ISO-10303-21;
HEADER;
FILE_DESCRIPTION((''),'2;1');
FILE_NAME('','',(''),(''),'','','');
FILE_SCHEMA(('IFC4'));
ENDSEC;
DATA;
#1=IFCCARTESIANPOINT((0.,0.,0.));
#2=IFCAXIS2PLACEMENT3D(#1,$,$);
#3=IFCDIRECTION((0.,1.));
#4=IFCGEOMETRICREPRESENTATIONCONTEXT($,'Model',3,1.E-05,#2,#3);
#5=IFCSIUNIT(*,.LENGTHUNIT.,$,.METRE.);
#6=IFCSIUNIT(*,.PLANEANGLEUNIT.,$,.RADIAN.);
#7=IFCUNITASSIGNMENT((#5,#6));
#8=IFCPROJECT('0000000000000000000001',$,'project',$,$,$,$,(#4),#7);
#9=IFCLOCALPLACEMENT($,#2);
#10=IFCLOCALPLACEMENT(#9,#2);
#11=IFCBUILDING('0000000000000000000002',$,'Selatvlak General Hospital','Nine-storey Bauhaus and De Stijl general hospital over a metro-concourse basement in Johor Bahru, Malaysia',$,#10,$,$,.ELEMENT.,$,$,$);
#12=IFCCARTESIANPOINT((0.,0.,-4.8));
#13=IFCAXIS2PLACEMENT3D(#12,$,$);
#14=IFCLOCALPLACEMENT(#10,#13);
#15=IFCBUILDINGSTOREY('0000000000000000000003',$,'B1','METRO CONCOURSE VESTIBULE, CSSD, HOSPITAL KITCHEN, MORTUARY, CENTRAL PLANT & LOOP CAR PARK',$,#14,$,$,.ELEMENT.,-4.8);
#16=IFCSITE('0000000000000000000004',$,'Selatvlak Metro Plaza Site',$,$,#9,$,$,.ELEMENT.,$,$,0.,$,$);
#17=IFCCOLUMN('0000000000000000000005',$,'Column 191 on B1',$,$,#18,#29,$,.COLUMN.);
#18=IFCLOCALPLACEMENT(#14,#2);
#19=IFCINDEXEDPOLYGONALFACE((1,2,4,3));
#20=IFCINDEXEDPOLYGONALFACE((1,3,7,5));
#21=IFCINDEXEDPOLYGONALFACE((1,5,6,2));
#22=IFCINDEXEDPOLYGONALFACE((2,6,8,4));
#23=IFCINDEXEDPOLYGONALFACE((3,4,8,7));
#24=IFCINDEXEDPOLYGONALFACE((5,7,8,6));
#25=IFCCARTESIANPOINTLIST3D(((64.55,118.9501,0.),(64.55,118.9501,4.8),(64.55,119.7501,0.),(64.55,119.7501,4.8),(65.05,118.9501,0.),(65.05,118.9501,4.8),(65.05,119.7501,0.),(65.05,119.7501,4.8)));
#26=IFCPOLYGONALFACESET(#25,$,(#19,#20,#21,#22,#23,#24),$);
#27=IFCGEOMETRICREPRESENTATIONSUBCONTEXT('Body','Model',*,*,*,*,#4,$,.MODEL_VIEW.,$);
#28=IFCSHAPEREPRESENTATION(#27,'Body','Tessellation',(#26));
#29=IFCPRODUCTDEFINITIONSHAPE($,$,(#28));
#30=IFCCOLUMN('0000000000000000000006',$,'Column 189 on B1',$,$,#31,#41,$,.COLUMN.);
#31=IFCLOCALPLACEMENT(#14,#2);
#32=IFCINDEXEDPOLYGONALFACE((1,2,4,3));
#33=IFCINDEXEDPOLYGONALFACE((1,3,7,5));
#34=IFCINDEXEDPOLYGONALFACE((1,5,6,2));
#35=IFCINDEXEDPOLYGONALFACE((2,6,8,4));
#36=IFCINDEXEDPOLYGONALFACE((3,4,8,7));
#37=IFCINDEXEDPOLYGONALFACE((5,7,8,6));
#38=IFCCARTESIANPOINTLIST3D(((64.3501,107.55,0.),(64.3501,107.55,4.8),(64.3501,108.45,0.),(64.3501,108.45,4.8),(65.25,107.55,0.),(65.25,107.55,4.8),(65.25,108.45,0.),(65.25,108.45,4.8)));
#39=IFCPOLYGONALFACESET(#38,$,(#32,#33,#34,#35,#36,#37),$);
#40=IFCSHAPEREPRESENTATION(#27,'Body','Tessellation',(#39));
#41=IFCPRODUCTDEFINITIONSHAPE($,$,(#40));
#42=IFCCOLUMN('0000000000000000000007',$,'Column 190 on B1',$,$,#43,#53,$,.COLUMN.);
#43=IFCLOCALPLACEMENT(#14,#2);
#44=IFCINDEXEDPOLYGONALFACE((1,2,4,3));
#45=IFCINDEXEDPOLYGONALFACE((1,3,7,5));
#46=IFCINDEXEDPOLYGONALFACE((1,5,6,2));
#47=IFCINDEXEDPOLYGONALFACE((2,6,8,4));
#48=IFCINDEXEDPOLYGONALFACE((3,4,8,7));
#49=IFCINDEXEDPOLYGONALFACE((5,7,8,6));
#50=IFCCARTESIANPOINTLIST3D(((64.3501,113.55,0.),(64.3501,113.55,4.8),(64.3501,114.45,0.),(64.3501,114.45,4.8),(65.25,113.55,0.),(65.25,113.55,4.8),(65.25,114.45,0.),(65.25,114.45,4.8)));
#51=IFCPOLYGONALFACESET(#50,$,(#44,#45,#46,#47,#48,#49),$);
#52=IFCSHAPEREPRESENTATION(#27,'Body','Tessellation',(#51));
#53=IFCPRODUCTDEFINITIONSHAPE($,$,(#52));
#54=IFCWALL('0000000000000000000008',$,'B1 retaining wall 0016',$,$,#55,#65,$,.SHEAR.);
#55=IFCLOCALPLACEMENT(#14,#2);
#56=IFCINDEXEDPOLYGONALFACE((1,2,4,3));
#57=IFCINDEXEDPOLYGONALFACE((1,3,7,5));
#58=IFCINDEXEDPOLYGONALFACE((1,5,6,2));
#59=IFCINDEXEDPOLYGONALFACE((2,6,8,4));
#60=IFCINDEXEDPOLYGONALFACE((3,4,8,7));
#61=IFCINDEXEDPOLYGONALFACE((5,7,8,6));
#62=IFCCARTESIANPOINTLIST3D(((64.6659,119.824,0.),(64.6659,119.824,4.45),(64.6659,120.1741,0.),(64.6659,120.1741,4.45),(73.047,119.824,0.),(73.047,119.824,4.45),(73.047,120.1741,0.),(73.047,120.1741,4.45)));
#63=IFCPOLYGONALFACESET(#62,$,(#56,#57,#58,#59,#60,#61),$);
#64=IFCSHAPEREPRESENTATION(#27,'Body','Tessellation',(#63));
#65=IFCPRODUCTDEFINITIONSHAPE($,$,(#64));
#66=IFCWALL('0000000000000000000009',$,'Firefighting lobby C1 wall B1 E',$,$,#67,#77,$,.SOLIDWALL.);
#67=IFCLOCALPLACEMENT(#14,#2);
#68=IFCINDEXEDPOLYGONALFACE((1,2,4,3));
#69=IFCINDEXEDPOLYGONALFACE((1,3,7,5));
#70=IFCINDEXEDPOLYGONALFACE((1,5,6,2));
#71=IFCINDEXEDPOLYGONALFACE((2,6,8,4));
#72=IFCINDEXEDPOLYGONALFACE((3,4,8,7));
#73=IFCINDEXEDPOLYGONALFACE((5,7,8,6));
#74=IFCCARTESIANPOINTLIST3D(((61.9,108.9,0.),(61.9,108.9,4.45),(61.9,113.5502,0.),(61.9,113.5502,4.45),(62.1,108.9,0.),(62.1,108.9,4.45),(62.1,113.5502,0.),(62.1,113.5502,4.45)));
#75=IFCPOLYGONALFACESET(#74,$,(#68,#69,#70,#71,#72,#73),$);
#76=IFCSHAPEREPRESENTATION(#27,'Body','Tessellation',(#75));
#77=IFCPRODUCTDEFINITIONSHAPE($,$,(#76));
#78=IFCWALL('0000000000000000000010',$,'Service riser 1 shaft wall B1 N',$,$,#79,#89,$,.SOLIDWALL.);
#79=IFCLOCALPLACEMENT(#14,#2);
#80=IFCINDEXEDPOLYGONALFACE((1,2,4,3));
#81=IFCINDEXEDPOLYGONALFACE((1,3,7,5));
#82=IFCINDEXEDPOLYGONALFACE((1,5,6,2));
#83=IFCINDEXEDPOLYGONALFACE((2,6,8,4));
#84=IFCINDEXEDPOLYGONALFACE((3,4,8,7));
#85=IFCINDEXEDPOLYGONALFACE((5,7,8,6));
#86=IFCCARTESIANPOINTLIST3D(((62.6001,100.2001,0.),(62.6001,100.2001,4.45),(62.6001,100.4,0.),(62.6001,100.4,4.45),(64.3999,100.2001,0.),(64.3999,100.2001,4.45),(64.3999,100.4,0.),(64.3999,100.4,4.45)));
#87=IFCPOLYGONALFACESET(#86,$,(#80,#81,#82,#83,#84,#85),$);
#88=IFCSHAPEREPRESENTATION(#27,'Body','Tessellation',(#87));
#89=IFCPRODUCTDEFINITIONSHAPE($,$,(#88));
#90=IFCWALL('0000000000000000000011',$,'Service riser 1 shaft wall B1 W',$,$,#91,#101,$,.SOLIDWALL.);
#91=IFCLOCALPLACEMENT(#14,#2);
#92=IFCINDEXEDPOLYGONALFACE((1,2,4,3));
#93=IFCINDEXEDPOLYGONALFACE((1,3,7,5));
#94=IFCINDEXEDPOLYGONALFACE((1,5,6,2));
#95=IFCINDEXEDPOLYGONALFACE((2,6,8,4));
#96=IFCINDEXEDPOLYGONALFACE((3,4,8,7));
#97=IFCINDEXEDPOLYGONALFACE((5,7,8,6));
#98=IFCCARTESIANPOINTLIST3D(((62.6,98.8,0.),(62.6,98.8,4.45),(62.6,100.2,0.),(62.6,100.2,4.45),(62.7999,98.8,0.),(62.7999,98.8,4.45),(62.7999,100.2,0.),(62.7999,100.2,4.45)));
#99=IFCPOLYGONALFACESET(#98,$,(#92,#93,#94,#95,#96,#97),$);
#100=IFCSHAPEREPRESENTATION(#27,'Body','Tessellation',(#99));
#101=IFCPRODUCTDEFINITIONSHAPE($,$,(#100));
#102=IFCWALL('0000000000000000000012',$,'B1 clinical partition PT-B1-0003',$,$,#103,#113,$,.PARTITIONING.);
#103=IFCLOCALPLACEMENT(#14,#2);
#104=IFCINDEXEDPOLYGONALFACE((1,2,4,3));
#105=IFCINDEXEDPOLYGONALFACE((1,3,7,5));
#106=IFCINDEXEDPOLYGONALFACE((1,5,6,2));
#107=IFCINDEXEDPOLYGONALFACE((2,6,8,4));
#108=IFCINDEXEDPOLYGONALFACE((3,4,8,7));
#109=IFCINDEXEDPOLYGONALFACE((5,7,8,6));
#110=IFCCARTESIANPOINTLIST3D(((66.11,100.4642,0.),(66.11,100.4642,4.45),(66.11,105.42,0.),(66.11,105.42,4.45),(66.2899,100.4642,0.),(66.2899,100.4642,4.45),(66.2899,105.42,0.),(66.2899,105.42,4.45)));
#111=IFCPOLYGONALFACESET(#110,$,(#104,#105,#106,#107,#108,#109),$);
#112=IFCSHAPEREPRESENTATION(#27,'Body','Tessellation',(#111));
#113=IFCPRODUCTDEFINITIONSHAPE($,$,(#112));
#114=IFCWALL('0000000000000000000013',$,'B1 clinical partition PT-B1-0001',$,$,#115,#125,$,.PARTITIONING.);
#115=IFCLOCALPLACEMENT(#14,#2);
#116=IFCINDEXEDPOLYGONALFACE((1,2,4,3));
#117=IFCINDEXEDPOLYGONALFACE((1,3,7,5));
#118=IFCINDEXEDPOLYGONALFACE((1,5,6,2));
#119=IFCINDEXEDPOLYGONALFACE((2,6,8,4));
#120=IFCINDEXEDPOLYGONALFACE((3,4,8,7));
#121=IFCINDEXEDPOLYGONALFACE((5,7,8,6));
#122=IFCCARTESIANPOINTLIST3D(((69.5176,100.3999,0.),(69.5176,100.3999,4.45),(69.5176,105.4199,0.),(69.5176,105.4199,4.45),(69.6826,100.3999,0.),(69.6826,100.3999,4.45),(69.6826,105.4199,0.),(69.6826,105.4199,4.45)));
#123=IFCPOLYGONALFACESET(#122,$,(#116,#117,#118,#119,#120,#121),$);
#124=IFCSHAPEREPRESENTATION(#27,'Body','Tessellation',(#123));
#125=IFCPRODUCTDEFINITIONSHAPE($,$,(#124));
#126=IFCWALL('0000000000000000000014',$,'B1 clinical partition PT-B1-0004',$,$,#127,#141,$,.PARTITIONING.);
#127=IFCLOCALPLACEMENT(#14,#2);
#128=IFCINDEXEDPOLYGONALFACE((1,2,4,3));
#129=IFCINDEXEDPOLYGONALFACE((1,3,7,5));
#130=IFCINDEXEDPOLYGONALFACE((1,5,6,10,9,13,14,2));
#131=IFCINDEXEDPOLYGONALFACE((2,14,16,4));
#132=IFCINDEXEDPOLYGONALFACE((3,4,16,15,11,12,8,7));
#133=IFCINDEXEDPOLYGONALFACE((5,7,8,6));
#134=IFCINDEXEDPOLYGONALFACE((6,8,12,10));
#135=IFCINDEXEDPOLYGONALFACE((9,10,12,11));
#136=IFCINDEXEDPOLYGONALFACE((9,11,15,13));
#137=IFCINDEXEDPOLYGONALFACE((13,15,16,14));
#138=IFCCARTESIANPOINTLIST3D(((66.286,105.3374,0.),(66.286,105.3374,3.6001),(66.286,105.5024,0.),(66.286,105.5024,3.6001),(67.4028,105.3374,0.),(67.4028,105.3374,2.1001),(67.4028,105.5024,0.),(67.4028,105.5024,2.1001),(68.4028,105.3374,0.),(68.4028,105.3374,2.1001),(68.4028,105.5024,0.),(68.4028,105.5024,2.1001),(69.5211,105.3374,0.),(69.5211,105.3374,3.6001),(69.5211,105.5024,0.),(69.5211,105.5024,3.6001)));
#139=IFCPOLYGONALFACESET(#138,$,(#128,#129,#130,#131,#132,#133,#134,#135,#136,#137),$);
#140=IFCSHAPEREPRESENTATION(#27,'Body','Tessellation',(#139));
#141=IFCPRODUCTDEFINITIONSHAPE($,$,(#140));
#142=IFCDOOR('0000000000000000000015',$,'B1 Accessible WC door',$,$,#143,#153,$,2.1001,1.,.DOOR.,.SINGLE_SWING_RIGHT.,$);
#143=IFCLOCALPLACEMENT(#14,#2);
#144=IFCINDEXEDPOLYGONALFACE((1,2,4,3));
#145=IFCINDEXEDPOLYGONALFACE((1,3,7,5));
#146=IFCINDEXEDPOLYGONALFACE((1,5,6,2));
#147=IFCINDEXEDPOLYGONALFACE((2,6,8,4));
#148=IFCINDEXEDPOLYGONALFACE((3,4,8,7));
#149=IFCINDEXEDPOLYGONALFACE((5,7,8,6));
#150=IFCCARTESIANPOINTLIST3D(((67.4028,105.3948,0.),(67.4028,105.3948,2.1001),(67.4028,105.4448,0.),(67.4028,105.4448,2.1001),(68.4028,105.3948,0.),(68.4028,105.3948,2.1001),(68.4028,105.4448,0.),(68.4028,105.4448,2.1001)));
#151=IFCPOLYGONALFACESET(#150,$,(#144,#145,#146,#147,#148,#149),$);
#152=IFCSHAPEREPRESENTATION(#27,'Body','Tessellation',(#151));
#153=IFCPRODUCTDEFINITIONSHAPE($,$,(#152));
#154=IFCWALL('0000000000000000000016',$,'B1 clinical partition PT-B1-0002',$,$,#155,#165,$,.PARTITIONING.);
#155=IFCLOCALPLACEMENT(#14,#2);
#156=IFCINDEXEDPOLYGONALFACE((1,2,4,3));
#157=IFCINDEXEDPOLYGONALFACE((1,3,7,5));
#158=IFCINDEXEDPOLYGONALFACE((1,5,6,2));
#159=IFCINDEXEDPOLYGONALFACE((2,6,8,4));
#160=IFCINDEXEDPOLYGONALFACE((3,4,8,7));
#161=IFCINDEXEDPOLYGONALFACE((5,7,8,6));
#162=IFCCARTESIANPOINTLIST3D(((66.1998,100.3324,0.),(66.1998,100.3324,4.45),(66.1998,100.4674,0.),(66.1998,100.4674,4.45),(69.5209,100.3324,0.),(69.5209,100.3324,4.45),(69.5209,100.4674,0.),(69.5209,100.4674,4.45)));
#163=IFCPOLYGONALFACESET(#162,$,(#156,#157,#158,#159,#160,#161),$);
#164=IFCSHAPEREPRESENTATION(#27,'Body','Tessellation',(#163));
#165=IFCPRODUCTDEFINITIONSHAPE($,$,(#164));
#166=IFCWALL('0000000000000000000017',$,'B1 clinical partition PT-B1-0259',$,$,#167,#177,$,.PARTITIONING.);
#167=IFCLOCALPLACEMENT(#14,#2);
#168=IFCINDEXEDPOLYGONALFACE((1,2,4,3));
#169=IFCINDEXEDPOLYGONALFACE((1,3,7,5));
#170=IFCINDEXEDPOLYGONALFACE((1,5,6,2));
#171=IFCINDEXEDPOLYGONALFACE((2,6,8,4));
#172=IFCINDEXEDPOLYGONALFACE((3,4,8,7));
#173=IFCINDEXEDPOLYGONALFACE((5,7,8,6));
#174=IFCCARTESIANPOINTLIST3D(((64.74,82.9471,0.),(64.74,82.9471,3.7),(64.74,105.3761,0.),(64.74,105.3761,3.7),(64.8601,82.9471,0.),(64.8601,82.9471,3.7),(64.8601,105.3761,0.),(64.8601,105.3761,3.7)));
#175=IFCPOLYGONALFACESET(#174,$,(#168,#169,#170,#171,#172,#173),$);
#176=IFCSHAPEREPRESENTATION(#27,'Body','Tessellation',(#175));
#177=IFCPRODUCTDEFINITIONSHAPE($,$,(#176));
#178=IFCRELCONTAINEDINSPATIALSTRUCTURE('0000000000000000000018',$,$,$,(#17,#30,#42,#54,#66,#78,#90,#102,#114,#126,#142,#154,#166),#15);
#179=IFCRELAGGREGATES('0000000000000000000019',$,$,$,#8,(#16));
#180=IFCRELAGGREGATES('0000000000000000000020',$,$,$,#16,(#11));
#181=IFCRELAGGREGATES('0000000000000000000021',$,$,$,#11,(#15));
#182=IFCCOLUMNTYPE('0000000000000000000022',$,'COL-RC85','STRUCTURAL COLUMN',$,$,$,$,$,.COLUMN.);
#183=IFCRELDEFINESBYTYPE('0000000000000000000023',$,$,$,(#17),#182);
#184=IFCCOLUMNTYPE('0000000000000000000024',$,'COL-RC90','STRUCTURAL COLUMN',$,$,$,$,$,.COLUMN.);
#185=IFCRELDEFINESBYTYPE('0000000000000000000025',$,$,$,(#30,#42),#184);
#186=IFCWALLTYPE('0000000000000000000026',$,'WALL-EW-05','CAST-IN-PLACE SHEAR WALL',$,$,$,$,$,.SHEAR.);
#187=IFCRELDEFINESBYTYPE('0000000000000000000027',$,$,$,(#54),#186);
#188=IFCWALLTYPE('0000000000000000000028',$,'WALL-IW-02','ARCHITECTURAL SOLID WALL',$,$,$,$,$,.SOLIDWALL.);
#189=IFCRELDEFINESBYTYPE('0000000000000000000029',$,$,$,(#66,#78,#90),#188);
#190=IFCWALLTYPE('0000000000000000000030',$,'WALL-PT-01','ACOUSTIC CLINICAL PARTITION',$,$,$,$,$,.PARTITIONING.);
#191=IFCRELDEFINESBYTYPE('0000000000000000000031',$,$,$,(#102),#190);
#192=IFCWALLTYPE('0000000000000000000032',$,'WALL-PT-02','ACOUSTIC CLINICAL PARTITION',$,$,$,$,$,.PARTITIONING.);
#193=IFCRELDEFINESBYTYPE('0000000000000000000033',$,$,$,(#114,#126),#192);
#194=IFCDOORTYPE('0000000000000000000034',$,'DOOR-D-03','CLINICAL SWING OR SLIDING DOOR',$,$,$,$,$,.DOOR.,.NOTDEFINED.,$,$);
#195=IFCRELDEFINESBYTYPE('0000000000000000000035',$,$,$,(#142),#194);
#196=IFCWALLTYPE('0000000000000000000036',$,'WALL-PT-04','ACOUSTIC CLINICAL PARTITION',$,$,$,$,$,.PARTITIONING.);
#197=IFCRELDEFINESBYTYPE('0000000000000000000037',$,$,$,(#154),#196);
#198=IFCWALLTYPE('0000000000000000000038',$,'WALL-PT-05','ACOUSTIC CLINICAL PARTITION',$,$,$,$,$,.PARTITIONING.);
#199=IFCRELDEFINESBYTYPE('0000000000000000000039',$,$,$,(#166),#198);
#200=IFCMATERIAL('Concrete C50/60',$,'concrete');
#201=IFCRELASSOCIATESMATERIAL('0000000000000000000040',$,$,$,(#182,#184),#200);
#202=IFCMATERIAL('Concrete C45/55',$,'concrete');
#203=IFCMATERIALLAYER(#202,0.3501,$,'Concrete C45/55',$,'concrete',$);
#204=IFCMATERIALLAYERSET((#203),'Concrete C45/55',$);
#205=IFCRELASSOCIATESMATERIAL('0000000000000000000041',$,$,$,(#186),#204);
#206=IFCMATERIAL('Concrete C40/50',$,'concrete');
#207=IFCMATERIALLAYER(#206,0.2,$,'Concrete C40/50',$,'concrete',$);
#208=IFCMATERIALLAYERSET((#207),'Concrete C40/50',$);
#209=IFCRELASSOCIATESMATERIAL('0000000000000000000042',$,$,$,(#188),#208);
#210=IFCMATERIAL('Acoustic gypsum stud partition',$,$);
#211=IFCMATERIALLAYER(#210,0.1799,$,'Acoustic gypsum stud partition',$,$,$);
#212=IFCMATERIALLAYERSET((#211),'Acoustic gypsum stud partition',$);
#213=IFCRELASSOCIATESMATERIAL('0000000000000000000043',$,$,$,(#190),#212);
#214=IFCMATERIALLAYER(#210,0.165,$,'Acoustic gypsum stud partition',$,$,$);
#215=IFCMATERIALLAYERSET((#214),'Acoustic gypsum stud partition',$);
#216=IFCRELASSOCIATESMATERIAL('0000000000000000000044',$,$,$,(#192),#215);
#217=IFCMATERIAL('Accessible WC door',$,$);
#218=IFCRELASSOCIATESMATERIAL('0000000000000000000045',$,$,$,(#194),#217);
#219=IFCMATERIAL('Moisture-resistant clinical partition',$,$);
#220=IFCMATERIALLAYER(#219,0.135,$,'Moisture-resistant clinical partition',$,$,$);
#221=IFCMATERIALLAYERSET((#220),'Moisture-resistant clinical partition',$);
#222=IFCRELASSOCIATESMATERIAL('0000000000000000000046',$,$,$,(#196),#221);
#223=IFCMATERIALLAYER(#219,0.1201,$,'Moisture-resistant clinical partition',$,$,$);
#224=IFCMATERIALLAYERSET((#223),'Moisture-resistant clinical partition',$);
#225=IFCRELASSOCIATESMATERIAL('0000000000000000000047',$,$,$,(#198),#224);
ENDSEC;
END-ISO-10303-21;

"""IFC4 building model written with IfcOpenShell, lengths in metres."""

from ifc_helpers import new_model, si_unit, direction, frame, frame_2d, origin, origin_2d, place, context, subcontext, project, spatial, rectangle, extrude, material, layer, layer_set, material_profile, profile_set, type_object, element, fill, save


model = new_model("IFC4")

# Units and contexts
model_context = context("Model", 3, precision=1e-05, world=origin(), true_north=direction((0.0, 1.0)))
body_context = subcontext(model_context, "Body", "Model", "MODEL_VIEW")
ifc_project = project(units=[si_unit("LENGTHUNIT", "METRE"), si_unit("PLANEANGLEUNIT", "RADIAN")], contexts=[model_context])

# Site, building, storey
site_placement = place(None, origin())
site = spatial("IfcSite", under=ifc_project, at=site_placement, Name="Selatvlak Metro Plaza Site", CompositionType="ELEMENT", RefElevation=0.0)
building_placement = place(site_placement, origin())
building = spatial("IfcBuilding", under=site, at=building_placement, Name="Selatvlak General Hospital", Description="Nine-storey Bauhaus and De Stijl general hospital over a metro-concourse basement in Johor Bahru, Malaysia", CompositionType="ELEMENT")
storey_placement = place(building_placement, frame((0.0, 0.0, -4.8)))
storey = spatial("IfcBuildingStorey", under=building, at=storey_placement, Name="B1", Description="METRO CONCOURSE VESTIBULE, CSSD, HOSPITAL KITCHEN, MORTUARY, CENTRAL PLANT & LOOP CAR PARK", CompositionType="ELEMENT", Elevation=-4.8)

# Shared definitions
ifc_material_1 = material(Name="Concrete C40/50", Category="concrete")

# Columns
ifc_material_2 = material(Name="Concrete C50/60", Category="concrete")
ifc_material_profile_1 = material_profile(ifc_material_2, rectangle(XDim=0.5, YDim=0.8, at=origin_2d()), Name="RC-COL 800x500")
ifc_profile_set_1 = profile_set([ifc_material_profile_1], Name="Concrete C50/60")
column_type_1 = type_object("IfcColumnType", Name="COL-RC85", Description="STRUCTURAL COLUMN", PredefinedType="COLUMN", material=ifc_profile_set_1)
column_placement = place(storey_placement, frame((64.8, 119.3501, 0.0), z_axis=(0.0, 0.0, 1.0), x_axis=(1.0, 0.0, 0.0)))
element("IfcColumn", 1, at=column_placement, inside=storey, type_object=column_type_1, Name="Column 191 on B1", PredefinedType="COLUMN", context=body_context, shape_type="SweptSolid", body=[
    extrude(rectangle(XDim=0.5, YDim=0.8, at=origin_2d()), origin(), (0.0, 0.0, 1.0), 4.8),
])
ifc_material_profile_2 = material_profile(ifc_material_2, rectangle(XDim=0.8999, YDim=0.8999, at=origin_2d()), Name="RC-COL 900x900")
ifc_profile_set_2 = profile_set([ifc_material_profile_2], Name="Concrete C50/60")
column_type_2 = type_object("IfcColumnType", Name="COL-RC90", Description="STRUCTURAL COLUMN", PredefinedType="COLUMN", material=ifc_profile_set_2)
for number, where, z_axis, x_axis, name in (
    (2, (64.8, 108.0, 0.0), (0.0, 0.0, 1.0), (1.0, 0.0, 0.0), "Column 189 on B1"),
    (3, (64.8, 114.0, 0.0), (0.0, 0.0, 1.0), (1.0, 0.0, 0.0), "Column 190 on B1"),
):
    element("IfcColumn", number, at=place(storey_placement, frame(where, z_axis=z_axis, x_axis=x_axis)), inside=storey, type_object=column_type_2, Name=name, PredefinedType="COLUMN", context=body_context, shape_type="SweptSolid", body=[
        extrude(rectangle(XDim=0.8999, YDim=0.8999, at=origin_2d()), origin(), (0.0, 0.0, 1.0), 4.8),
    ])

# Walls
ifc_material_3 = material(Name="Concrete C45/55", Category="concrete")
ifc_layer_1 = layer(ifc_material_3, 0.3501, Name="Concrete C45/55", Category="concrete")
ifc_layer_set_1 = layer_set([ifc_layer_1], Name="Concrete C45/55")
wall_type_1 = type_object("IfcWallType", Name="WALL-EW-05", Description="CAST-IN-PLACE SHEAR WALL", PredefinedType="SHEAR", material=ifc_layer_set_1)
wall_1_placement = place(storey_placement, frame((64.666, 119.999, 0.0), z_axis=(0.0, 0.0, 1.0), x_axis=(1.0, 0.0, 0.0)))
element("IfcWall", 4, at=wall_1_placement, inside=storey, type_object=wall_type_1, Name="B1 retaining wall 0016", PredefinedType="SHEAR", context=body_context, shape_type="SweptSolid", body=[
    extrude(rectangle(XDim=8.3811, YDim=0.3501, at=frame_2d((4.1904, 0.0))), origin(), (0.0, 0.0, 1.0), 4.45),
])
ifc_layer_2 = layer(ifc_material_1, 0.2, Name="Concrete C40/50", Category="concrete")
ifc_layer_set_2 = layer_set([ifc_layer_2], Name="Concrete C40/50")
wall_type_2 = type_object("IfcWallType", Name="WALL-IW-02", Description="ARCHITECTURAL SOLID WALL", PredefinedType="SOLIDWALL", material=ifc_layer_set_2)
wall_2_placement = place(storey_placement, frame((62.0, 108.8999, 0.0), z_axis=(0.0, 0.0, 1.0), x_axis=(0.0, 1.0, 0.0)))
element("IfcWall", 5, at=wall_2_placement, inside=storey, type_object=wall_type_2, Name="Firefighting lobby C1 wall B1 E", PredefinedType="SOLIDWALL", context=body_context, shape_type="SweptSolid", body=[
    extrude(rectangle(XDim=4.6501, YDim=0.2, at=frame_2d((2.3252, 0.0))), origin(), (0.0, 0.0, 1.0), 4.45),
])
wall_3_placement = place(storey_placement, frame((64.3999, 100.3, 0.0), z_axis=(0.0, 0.0, 1.0), x_axis=(-1.0, 0.0, 0.0)))
element("IfcWall", 6, at=wall_3_placement, inside=storey, type_object=wall_type_2, Name="Service riser 1 shaft wall B1 N", PredefinedType="SOLIDWALL", context=body_context, shape_type="SweptSolid", body=[
    extrude(rectangle(XDim=1.7998, YDim=0.2, at=frame_2d((0.8999, 0.0))), origin(), (0.0, 0.0, 1.0), 4.45),
])
wall_4_placement = place(storey_placement, frame((62.7, 100.2, 0.0), z_axis=(0.0, 0.0, 1.0), x_axis=(0.0, -1.0, 0.0)))
element("IfcWall", 7, at=wall_4_placement, inside=storey, type_object=wall_type_2, Name="Service riser 1 shaft wall B1 W", PredefinedType="SOLIDWALL", context=body_context, shape_type="SweptSolid", body=[
    extrude(rectangle(XDim=1.3999, YDim=0.2, at=frame_2d((0.7, 0.0))), origin(), (0.0, 0.0, 1.0), 4.45),
])
ifc_material_4 = material(Name="Acoustic gypsum stud partition")
ifc_layer_3 = layer(ifc_material_4, 0.1799, Name="Acoustic gypsum stud partition")
ifc_layer_set_3 = layer_set([ifc_layer_3], Name="Acoustic gypsum stud partition")
wall_type_3 = type_object("IfcWallType", Name="WALL-PT-01", Description="ACOUSTIC CLINICAL PARTITION", PredefinedType="PARTITIONING", material=ifc_layer_set_3)
wall_5_placement = place(storey_placement, frame((66.2, 100.4641, 0.0), z_axis=(0.0, 0.0, 1.0), x_axis=(0.0, 1.0, 0.0)))
element("IfcWall", 8, at=wall_5_placement, inside=storey, type_object=wall_type_3, Name="B1 clinical partition PT-B1-0003", PredefinedType="PARTITIONING", context=body_context, shape_type="SweptSolid", body=[
    extrude(rectangle(XDim=4.9558, YDim=0.1799, at=frame_2d((2.478, 0.0))), origin(), (0.0, 0.0, 1.0), 4.45),
])
ifc_layer_4 = layer(ifc_material_4, 0.165, Name="Acoustic gypsum stud partition")
ifc_layer_set_4 = layer_set([ifc_layer_4], Name="Acoustic gypsum stud partition")
wall_type_4 = type_object("IfcWallType", Name="WALL-PT-02", Description="ACOUSTIC CLINICAL PARTITION", PredefinedType="PARTITIONING", material=ifc_layer_set_4)
wall_6_placement = place(storey_placement, frame((69.6001, 105.4199, 0.0), z_axis=(0.0, 0.0, 1.0), x_axis=(0.0, -1.0, 0.0)))
element("IfcWall", 9, at=wall_6_placement, inside=storey, type_object=wall_type_4, Name="B1 clinical partition PT-B1-0001", PredefinedType="PARTITIONING", context=body_context, shape_type="SweptSolid", body=[
    extrude(rectangle(XDim=5.02, YDim=0.165, at=frame_2d((2.51, 0.0))), origin(), (0.0, 0.0, 1.0), 4.45),
])

# Wall, opening, door
wall_7_placement = place(storey_placement, frame((66.2859, 105.4199, 0.0), z_axis=(0.0, 0.0, 1.0), x_axis=(1.0, 0.0, 0.0)))
wall_7 = element("IfcWall", 10, at=wall_7_placement, inside=storey, type_object=wall_type_4, Name="B1 clinical partition PT-B1-0004", PredefinedType="PARTITIONING", context=body_context, shape_type="SweptSolid", body=[
    extrude(rectangle(XDim=3.2351, YDim=0.165, at=frame_2d((1.6177, 0.0))), origin(), (0.0, 0.0, 1.0), 3.6001),
])
opening_placement = place(wall_7_placement, frame((1.1169, 0.0, 0.0)))
opening = element("IfcOpeningElement", 11, at=opening_placement, cuts=wall_7, PredefinedType="OPENING", context=body_context, shape_type="SweptSolid", body=[
    extrude(rectangle(XDim=1.0, YDim=2.1001, at=frame_2d((0.5, 1.05))), frame((0.0, 0.0925, 0.0), z_axis=(0.0, -1.0, 0.0), x_axis=(1.0, 0.0, 0.0)), (0.0, 0.0, 1.0), 0.1851),
])
ifc_material_5 = material(Name="Accessible WC door")
door_type = type_object("IfcDoorType", Name="DOOR-D-03", Description="CLINICAL SWING OR SLIDING DOOR", OperationType="NOTDEFINED", PredefinedType="DOOR", material=ifc_material_5)
door_placement = place(opening_placement, origin())
door = element("IfcDoor", 12, at=door_placement, inside=storey, type_object=door_type, Name="B1 Accessible WC door", OperationType="SINGLE_SWING_RIGHT", OverallHeight=2.1001, OverallWidth=1.0, PredefinedType="DOOR", context=body_context, shape_type="SweptSolid", body=[
    extrude(rectangle(XDim=1.0, YDim=2.1001, at=frame_2d((0.5, 1.05))), frame((0.0, 0.0249, 0.0), z_axis=(0.0, -1.0, 0.0), x_axis=(1.0, 0.0, 0.0)), (0.0, 0.0, 1.0), 0.05),
])
fill(opening, door)

# Walls
ifc_material_6 = material(Name="Moisture-resistant clinical partition")
ifc_layer_5 = layer(ifc_material_6, 0.135, Name="Moisture-resistant clinical partition")
ifc_layer_set_5 = layer_set([ifc_layer_5], Name="Moisture-resistant clinical partition")
wall_type_5 = type_object("IfcWallType", Name="WALL-PT-04", Description="ACOUSTIC CLINICAL PARTITION", PredefinedType="PARTITIONING", material=ifc_layer_set_5)
wall_8_placement = place(storey_placement, frame((69.521, 100.3999, 0.0), z_axis=(0.0, 0.0, 1.0), x_axis=(-1.0, 0.0, 0.0)))
element("IfcWall", 13, at=wall_8_placement, inside=storey, type_object=wall_type_5, Name="B1 clinical partition PT-B1-0002", PredefinedType="PARTITIONING", context=body_context, shape_type="SweptSolid", body=[
    extrude(rectangle(XDim=3.321, YDim=0.135, at=frame_2d((1.6606, 0.0))), origin(), (0.0, 0.0, 1.0), 4.45),
])
ifc_layer_6 = layer(ifc_material_6, 0.1201, Name="Moisture-resistant clinical partition")
ifc_layer_set_6 = layer_set([ifc_layer_6], Name="Moisture-resistant clinical partition")
wall_type_6 = type_object("IfcWallType", Name="WALL-PT-05", Description="ACOUSTIC CLINICAL PARTITION", PredefinedType="PARTITIONING", material=ifc_layer_set_6)
wall_9_placement = place(storey_placement, frame((64.8, 105.376, 0.0), z_axis=(0.0, 0.0, 1.0), x_axis=(0.0, -1.0, 0.0)))
element("IfcWall", 14, at=wall_9_placement, inside=storey, type_object=wall_type_6, Name="B1 clinical partition PT-B1-0259", PredefinedType="PARTITIONING", context=body_context, shape_type="SweptSolid", body=[
    extrude(rectangle(XDim=22.429, YDim=0.1201, at=frame_2d((11.2144, 0.0))), origin(), (0.0, 0.0, 1.0), 3.7),
])

save(model, "model.ifc")
